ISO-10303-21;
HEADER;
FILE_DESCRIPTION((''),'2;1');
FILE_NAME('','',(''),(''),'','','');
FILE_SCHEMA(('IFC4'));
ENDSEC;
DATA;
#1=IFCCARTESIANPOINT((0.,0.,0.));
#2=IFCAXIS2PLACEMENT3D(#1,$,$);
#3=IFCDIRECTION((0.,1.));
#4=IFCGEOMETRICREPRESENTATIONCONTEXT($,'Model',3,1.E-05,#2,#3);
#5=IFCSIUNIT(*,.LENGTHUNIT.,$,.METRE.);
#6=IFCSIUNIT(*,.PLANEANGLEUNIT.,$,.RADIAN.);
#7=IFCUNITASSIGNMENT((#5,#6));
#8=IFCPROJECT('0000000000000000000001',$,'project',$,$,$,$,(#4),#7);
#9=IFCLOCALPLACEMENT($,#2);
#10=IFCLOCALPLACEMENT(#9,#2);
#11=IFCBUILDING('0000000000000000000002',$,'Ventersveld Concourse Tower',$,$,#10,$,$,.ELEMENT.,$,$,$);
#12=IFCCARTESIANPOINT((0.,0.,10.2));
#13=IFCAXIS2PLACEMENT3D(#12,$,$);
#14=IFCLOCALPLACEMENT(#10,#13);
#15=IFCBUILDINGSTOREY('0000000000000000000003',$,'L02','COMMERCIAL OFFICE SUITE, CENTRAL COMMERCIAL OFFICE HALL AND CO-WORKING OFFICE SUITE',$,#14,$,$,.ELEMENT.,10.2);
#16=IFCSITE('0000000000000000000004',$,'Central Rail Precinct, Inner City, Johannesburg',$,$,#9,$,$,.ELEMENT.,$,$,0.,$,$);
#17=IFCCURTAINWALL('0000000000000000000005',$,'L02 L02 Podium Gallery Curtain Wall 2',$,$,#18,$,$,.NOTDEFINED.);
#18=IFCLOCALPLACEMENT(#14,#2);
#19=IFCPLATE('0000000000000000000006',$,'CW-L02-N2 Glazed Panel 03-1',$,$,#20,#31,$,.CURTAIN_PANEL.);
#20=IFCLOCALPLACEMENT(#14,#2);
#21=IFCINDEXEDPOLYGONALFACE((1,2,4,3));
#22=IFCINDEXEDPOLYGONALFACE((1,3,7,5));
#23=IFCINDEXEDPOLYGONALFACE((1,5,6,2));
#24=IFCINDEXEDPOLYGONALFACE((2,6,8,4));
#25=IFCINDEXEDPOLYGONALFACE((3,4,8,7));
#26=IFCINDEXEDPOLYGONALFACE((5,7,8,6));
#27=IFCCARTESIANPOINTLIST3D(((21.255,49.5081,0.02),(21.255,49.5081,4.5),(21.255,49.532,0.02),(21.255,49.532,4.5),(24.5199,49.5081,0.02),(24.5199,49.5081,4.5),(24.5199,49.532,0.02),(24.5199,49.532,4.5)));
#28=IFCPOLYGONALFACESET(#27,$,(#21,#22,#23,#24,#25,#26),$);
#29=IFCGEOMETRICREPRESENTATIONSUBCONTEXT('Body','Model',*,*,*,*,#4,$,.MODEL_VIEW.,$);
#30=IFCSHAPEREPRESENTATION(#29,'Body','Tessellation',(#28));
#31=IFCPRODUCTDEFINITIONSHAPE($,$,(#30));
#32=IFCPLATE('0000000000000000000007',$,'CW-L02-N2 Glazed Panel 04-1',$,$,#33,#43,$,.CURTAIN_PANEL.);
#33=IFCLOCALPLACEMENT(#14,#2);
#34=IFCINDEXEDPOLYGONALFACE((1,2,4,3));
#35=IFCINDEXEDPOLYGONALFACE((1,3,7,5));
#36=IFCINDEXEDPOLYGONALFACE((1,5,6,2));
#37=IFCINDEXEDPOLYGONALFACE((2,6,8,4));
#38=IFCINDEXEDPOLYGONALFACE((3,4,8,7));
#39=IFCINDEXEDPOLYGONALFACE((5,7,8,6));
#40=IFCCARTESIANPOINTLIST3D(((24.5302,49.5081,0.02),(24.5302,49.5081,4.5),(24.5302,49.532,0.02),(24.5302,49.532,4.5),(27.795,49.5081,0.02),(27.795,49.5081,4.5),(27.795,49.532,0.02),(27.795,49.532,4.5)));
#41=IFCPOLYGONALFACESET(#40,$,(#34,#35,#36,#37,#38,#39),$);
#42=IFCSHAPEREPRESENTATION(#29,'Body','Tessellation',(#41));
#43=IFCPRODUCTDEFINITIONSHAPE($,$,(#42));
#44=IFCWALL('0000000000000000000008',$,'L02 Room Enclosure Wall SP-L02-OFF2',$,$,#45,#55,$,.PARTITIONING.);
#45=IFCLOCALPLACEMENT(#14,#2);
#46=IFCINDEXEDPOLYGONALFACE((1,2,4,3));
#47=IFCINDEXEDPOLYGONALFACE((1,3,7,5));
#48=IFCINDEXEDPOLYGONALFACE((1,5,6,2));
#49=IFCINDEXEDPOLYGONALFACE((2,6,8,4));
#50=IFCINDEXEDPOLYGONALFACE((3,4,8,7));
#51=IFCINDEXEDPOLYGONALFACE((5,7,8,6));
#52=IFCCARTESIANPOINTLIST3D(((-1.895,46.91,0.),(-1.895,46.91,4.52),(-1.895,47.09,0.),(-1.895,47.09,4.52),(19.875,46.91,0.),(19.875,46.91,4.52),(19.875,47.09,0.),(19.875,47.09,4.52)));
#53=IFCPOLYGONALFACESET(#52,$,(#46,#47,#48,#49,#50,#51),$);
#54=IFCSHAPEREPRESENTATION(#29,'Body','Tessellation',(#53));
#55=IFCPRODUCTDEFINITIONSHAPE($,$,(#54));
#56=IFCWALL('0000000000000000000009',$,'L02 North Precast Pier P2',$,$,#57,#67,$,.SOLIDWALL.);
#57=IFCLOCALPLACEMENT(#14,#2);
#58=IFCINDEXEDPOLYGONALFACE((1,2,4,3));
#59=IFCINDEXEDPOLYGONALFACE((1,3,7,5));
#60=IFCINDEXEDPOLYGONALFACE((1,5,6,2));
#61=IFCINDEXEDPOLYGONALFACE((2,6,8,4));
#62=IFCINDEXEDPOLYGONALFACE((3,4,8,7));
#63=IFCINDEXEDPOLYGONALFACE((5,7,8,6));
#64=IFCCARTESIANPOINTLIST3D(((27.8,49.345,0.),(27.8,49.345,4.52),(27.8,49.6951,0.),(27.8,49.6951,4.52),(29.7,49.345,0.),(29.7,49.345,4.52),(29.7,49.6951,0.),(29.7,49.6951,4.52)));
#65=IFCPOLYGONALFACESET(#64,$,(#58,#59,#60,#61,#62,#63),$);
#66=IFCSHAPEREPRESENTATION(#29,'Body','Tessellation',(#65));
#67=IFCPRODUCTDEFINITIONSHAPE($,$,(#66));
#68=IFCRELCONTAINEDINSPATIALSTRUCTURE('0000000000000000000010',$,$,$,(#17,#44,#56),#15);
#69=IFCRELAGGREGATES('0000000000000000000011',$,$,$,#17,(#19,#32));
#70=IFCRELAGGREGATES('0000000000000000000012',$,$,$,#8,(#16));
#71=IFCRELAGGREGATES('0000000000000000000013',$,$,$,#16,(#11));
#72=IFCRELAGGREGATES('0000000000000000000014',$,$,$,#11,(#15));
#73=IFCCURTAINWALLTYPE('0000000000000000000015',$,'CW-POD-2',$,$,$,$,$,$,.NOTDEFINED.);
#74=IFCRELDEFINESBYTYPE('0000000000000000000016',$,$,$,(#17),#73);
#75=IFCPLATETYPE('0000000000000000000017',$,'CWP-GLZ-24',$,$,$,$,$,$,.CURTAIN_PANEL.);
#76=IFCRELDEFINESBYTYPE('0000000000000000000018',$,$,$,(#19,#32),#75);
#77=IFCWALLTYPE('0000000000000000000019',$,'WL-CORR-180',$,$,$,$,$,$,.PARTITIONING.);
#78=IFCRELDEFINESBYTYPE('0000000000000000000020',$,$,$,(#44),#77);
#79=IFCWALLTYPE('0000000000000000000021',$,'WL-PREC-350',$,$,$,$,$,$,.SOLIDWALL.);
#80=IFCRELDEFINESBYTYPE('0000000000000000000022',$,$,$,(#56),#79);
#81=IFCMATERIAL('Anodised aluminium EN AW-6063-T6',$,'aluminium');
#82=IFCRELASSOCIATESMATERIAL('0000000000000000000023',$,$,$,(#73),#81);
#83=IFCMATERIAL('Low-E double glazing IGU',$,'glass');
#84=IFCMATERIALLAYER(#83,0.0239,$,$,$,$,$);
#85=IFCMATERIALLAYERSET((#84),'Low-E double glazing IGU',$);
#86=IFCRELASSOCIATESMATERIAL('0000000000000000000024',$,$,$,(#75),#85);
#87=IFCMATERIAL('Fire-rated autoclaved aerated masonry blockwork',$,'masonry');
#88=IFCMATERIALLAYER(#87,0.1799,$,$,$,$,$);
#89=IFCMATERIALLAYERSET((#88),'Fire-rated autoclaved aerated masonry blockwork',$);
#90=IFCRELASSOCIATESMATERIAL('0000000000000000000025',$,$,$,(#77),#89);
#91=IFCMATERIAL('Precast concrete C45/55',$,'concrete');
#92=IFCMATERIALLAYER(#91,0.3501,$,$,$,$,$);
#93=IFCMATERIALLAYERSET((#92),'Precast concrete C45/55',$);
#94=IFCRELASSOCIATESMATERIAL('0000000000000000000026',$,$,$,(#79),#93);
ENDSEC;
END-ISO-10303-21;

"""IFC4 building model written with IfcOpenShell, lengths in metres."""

from ifc_helpers import new_model, si_unit, direction, frame, frame_2d, origin, origin_2d, place, context, subcontext, project, spatial, rectangle, extrude, material, layer, layer_set, type_object, element, aggregate, save


model = new_model("IFC4")

# Units and contexts
model_context = context("Model", 3, precision=1e-05, world=origin(), true_north=direction((0.0, 1.0)))
body_context = subcontext(model_context, "Body", "Model", "MODEL_VIEW")
ifc_project = project(units=[si_unit("LENGTHUNIT", "METRE"), si_unit("PLANEANGLEUNIT", "RADIAN")], contexts=[model_context])

# Site, building, storey
site_placement = place(None, origin())
site = spatial("IfcSite", under=ifc_project, at=site_placement, Name="Central Rail Precinct, Inner City, Johannesburg", CompositionType="ELEMENT", RefElevation=0.0)
building_placement = place(site_placement, origin())
building = spatial("IfcBuilding", under=site, at=building_placement, Name="Ventersveld Concourse Tower", CompositionType="ELEMENT")
storey_placement = place(building_placement, frame((0.0, 0.0, 10.2)))
storey = spatial("IfcBuildingStorey", under=building, at=storey_placement, Name="L02", Description="COMMERCIAL OFFICE SUITE, CENTRAL COMMERCIAL OFFICE HALL AND CO-WORKING OFFICE SUITE", CompositionType="ELEMENT", Elevation=10.2)

# Curtain wall
ifc_material_1 = material(Name="Anodised aluminium EN AW-6063-T6", Category="aluminium")
curtain_wall_type = type_object("IfcCurtainWallType", Name="CW-POD-2", PredefinedType="NOTDEFINED", material=ifc_material_1)
curtain_wall_placement = place(storey_placement, origin())
curtain_wall = element("IfcCurtainWall", 1, at=curtain_wall_placement, inside=storey, type_object=curtain_wall_type, Name="L02 L02 Podium Gallery Curtain Wall 2", PredefinedType="NOTDEFINED")

# Plates
ifc_material_2 = material(Name="Low-E double glazing IGU", Category="glass")
ifc_layer_1 = layer(ifc_material_2, 0.0239)
ifc_layer_set_1 = layer_set([ifc_layer_1], Name="Low-E double glazing IGU")
plate_type = type_object("IfcPlateType", Name="CWP-GLZ-24", PredefinedType="CURTAIN_PANEL", material=ifc_layer_set_1)
plate_1_placement = place(storey_placement, frame((22.8875, 49.52, 0.02), z_axis=(0.0, 0.0, 1.0), x_axis=(1.0, 0.0, 0.0)))
plate_1 = element("IfcPlate", 2, at=plate_1_placement, type_object=plate_type, Name="CW-L02-N2 Glazed Panel 03-1", PredefinedType="CURTAIN_PANEL", context=body_context, shape_type="SweptSolid", body=[
    extrude(rectangle(XDim=3.2649, YDim=0.0239, at=origin_2d()), origin(), (0.0, 0.0, 1.0), 4.48),
])
plate_2_placement = place(storey_placement, frame((26.1626, 49.52, 0.02), z_axis=(0.0, 0.0, 1.0), x_axis=(1.0, 0.0, 0.0)))
plate_2 = element("IfcPlate", 3, at=plate_2_placement, type_object=plate_type, Name="CW-L02-N2 Glazed Panel 04-1", PredefinedType="CURTAIN_PANEL", context=body_context, shape_type="SweptSolid", body=[
    extrude(rectangle(XDim=3.2649, YDim=0.0239, at=origin_2d()), origin(), (0.0, 0.0, 1.0), 4.48),
])
aggregate(curtain_wall, [plate_1, plate_2])

# Walls
ifc_material_3 = material(Name="Fire-rated autoclaved aerated masonry blockwork", Category="masonry")
ifc_layer_2 = layer(ifc_material_3, 0.1799)
ifc_layer_set_2 = layer_set([ifc_layer_2], Name="Fire-rated autoclaved aerated masonry blockwork")
wall_type_1 = type_object("IfcWallType", Name="WL-CORR-180", PredefinedType="PARTITIONING", material=ifc_layer_set_2)
wall_1_placement = place(storey_placement, frame((19.875, 47.0, 0.0), z_axis=(0.0, 0.0, 1.0), x_axis=(-1.0, 0.0, 0.0)))
element("IfcWall", 4, at=wall_1_placement, inside=storey, type_object=wall_type_1, Name="L02 Room Enclosure Wall SP-L02-OFF2", PredefinedType="PARTITIONING", context=body_context, shape_type="SweptSolid", body=[
    extrude(rectangle(XDim=21.77, YDim=0.1799, at=frame_2d((10.885, 0.0))), origin(), (0.0, 0.0, 1.0), 4.52),
])
ifc_material_4 = material(Name="Precast concrete C45/55", Category="concrete")
ifc_layer_3 = layer(ifc_material_4, 0.3501)
ifc_layer_set_3 = layer_set([ifc_layer_3], Name="Precast concrete C45/55")
wall_type_2 = type_object("IfcWallType", Name="WL-PREC-350", PredefinedType="SOLIDWALL", material=ifc_layer_set_3)
wall_2_placement = place(storey_placement, frame((27.8, 49.52, 0.0), z_axis=(0.0, 0.0, 1.0), x_axis=(1.0, 0.0, 0.0)))
element("IfcWall", 5, at=wall_2_placement, inside=storey, type_object=wall_type_2, Name="L02 North Precast Pier P2", PredefinedType="SOLIDWALL", context=body_context, shape_type="SweptSolid", body=[
    extrude(rectangle(XDim=1.8999, YDim=0.3501, at=frame_2d((0.95, 0.0))), origin(), (0.0, 0.0, 1.0), 4.52),
])

save(model, "model.ifc")
